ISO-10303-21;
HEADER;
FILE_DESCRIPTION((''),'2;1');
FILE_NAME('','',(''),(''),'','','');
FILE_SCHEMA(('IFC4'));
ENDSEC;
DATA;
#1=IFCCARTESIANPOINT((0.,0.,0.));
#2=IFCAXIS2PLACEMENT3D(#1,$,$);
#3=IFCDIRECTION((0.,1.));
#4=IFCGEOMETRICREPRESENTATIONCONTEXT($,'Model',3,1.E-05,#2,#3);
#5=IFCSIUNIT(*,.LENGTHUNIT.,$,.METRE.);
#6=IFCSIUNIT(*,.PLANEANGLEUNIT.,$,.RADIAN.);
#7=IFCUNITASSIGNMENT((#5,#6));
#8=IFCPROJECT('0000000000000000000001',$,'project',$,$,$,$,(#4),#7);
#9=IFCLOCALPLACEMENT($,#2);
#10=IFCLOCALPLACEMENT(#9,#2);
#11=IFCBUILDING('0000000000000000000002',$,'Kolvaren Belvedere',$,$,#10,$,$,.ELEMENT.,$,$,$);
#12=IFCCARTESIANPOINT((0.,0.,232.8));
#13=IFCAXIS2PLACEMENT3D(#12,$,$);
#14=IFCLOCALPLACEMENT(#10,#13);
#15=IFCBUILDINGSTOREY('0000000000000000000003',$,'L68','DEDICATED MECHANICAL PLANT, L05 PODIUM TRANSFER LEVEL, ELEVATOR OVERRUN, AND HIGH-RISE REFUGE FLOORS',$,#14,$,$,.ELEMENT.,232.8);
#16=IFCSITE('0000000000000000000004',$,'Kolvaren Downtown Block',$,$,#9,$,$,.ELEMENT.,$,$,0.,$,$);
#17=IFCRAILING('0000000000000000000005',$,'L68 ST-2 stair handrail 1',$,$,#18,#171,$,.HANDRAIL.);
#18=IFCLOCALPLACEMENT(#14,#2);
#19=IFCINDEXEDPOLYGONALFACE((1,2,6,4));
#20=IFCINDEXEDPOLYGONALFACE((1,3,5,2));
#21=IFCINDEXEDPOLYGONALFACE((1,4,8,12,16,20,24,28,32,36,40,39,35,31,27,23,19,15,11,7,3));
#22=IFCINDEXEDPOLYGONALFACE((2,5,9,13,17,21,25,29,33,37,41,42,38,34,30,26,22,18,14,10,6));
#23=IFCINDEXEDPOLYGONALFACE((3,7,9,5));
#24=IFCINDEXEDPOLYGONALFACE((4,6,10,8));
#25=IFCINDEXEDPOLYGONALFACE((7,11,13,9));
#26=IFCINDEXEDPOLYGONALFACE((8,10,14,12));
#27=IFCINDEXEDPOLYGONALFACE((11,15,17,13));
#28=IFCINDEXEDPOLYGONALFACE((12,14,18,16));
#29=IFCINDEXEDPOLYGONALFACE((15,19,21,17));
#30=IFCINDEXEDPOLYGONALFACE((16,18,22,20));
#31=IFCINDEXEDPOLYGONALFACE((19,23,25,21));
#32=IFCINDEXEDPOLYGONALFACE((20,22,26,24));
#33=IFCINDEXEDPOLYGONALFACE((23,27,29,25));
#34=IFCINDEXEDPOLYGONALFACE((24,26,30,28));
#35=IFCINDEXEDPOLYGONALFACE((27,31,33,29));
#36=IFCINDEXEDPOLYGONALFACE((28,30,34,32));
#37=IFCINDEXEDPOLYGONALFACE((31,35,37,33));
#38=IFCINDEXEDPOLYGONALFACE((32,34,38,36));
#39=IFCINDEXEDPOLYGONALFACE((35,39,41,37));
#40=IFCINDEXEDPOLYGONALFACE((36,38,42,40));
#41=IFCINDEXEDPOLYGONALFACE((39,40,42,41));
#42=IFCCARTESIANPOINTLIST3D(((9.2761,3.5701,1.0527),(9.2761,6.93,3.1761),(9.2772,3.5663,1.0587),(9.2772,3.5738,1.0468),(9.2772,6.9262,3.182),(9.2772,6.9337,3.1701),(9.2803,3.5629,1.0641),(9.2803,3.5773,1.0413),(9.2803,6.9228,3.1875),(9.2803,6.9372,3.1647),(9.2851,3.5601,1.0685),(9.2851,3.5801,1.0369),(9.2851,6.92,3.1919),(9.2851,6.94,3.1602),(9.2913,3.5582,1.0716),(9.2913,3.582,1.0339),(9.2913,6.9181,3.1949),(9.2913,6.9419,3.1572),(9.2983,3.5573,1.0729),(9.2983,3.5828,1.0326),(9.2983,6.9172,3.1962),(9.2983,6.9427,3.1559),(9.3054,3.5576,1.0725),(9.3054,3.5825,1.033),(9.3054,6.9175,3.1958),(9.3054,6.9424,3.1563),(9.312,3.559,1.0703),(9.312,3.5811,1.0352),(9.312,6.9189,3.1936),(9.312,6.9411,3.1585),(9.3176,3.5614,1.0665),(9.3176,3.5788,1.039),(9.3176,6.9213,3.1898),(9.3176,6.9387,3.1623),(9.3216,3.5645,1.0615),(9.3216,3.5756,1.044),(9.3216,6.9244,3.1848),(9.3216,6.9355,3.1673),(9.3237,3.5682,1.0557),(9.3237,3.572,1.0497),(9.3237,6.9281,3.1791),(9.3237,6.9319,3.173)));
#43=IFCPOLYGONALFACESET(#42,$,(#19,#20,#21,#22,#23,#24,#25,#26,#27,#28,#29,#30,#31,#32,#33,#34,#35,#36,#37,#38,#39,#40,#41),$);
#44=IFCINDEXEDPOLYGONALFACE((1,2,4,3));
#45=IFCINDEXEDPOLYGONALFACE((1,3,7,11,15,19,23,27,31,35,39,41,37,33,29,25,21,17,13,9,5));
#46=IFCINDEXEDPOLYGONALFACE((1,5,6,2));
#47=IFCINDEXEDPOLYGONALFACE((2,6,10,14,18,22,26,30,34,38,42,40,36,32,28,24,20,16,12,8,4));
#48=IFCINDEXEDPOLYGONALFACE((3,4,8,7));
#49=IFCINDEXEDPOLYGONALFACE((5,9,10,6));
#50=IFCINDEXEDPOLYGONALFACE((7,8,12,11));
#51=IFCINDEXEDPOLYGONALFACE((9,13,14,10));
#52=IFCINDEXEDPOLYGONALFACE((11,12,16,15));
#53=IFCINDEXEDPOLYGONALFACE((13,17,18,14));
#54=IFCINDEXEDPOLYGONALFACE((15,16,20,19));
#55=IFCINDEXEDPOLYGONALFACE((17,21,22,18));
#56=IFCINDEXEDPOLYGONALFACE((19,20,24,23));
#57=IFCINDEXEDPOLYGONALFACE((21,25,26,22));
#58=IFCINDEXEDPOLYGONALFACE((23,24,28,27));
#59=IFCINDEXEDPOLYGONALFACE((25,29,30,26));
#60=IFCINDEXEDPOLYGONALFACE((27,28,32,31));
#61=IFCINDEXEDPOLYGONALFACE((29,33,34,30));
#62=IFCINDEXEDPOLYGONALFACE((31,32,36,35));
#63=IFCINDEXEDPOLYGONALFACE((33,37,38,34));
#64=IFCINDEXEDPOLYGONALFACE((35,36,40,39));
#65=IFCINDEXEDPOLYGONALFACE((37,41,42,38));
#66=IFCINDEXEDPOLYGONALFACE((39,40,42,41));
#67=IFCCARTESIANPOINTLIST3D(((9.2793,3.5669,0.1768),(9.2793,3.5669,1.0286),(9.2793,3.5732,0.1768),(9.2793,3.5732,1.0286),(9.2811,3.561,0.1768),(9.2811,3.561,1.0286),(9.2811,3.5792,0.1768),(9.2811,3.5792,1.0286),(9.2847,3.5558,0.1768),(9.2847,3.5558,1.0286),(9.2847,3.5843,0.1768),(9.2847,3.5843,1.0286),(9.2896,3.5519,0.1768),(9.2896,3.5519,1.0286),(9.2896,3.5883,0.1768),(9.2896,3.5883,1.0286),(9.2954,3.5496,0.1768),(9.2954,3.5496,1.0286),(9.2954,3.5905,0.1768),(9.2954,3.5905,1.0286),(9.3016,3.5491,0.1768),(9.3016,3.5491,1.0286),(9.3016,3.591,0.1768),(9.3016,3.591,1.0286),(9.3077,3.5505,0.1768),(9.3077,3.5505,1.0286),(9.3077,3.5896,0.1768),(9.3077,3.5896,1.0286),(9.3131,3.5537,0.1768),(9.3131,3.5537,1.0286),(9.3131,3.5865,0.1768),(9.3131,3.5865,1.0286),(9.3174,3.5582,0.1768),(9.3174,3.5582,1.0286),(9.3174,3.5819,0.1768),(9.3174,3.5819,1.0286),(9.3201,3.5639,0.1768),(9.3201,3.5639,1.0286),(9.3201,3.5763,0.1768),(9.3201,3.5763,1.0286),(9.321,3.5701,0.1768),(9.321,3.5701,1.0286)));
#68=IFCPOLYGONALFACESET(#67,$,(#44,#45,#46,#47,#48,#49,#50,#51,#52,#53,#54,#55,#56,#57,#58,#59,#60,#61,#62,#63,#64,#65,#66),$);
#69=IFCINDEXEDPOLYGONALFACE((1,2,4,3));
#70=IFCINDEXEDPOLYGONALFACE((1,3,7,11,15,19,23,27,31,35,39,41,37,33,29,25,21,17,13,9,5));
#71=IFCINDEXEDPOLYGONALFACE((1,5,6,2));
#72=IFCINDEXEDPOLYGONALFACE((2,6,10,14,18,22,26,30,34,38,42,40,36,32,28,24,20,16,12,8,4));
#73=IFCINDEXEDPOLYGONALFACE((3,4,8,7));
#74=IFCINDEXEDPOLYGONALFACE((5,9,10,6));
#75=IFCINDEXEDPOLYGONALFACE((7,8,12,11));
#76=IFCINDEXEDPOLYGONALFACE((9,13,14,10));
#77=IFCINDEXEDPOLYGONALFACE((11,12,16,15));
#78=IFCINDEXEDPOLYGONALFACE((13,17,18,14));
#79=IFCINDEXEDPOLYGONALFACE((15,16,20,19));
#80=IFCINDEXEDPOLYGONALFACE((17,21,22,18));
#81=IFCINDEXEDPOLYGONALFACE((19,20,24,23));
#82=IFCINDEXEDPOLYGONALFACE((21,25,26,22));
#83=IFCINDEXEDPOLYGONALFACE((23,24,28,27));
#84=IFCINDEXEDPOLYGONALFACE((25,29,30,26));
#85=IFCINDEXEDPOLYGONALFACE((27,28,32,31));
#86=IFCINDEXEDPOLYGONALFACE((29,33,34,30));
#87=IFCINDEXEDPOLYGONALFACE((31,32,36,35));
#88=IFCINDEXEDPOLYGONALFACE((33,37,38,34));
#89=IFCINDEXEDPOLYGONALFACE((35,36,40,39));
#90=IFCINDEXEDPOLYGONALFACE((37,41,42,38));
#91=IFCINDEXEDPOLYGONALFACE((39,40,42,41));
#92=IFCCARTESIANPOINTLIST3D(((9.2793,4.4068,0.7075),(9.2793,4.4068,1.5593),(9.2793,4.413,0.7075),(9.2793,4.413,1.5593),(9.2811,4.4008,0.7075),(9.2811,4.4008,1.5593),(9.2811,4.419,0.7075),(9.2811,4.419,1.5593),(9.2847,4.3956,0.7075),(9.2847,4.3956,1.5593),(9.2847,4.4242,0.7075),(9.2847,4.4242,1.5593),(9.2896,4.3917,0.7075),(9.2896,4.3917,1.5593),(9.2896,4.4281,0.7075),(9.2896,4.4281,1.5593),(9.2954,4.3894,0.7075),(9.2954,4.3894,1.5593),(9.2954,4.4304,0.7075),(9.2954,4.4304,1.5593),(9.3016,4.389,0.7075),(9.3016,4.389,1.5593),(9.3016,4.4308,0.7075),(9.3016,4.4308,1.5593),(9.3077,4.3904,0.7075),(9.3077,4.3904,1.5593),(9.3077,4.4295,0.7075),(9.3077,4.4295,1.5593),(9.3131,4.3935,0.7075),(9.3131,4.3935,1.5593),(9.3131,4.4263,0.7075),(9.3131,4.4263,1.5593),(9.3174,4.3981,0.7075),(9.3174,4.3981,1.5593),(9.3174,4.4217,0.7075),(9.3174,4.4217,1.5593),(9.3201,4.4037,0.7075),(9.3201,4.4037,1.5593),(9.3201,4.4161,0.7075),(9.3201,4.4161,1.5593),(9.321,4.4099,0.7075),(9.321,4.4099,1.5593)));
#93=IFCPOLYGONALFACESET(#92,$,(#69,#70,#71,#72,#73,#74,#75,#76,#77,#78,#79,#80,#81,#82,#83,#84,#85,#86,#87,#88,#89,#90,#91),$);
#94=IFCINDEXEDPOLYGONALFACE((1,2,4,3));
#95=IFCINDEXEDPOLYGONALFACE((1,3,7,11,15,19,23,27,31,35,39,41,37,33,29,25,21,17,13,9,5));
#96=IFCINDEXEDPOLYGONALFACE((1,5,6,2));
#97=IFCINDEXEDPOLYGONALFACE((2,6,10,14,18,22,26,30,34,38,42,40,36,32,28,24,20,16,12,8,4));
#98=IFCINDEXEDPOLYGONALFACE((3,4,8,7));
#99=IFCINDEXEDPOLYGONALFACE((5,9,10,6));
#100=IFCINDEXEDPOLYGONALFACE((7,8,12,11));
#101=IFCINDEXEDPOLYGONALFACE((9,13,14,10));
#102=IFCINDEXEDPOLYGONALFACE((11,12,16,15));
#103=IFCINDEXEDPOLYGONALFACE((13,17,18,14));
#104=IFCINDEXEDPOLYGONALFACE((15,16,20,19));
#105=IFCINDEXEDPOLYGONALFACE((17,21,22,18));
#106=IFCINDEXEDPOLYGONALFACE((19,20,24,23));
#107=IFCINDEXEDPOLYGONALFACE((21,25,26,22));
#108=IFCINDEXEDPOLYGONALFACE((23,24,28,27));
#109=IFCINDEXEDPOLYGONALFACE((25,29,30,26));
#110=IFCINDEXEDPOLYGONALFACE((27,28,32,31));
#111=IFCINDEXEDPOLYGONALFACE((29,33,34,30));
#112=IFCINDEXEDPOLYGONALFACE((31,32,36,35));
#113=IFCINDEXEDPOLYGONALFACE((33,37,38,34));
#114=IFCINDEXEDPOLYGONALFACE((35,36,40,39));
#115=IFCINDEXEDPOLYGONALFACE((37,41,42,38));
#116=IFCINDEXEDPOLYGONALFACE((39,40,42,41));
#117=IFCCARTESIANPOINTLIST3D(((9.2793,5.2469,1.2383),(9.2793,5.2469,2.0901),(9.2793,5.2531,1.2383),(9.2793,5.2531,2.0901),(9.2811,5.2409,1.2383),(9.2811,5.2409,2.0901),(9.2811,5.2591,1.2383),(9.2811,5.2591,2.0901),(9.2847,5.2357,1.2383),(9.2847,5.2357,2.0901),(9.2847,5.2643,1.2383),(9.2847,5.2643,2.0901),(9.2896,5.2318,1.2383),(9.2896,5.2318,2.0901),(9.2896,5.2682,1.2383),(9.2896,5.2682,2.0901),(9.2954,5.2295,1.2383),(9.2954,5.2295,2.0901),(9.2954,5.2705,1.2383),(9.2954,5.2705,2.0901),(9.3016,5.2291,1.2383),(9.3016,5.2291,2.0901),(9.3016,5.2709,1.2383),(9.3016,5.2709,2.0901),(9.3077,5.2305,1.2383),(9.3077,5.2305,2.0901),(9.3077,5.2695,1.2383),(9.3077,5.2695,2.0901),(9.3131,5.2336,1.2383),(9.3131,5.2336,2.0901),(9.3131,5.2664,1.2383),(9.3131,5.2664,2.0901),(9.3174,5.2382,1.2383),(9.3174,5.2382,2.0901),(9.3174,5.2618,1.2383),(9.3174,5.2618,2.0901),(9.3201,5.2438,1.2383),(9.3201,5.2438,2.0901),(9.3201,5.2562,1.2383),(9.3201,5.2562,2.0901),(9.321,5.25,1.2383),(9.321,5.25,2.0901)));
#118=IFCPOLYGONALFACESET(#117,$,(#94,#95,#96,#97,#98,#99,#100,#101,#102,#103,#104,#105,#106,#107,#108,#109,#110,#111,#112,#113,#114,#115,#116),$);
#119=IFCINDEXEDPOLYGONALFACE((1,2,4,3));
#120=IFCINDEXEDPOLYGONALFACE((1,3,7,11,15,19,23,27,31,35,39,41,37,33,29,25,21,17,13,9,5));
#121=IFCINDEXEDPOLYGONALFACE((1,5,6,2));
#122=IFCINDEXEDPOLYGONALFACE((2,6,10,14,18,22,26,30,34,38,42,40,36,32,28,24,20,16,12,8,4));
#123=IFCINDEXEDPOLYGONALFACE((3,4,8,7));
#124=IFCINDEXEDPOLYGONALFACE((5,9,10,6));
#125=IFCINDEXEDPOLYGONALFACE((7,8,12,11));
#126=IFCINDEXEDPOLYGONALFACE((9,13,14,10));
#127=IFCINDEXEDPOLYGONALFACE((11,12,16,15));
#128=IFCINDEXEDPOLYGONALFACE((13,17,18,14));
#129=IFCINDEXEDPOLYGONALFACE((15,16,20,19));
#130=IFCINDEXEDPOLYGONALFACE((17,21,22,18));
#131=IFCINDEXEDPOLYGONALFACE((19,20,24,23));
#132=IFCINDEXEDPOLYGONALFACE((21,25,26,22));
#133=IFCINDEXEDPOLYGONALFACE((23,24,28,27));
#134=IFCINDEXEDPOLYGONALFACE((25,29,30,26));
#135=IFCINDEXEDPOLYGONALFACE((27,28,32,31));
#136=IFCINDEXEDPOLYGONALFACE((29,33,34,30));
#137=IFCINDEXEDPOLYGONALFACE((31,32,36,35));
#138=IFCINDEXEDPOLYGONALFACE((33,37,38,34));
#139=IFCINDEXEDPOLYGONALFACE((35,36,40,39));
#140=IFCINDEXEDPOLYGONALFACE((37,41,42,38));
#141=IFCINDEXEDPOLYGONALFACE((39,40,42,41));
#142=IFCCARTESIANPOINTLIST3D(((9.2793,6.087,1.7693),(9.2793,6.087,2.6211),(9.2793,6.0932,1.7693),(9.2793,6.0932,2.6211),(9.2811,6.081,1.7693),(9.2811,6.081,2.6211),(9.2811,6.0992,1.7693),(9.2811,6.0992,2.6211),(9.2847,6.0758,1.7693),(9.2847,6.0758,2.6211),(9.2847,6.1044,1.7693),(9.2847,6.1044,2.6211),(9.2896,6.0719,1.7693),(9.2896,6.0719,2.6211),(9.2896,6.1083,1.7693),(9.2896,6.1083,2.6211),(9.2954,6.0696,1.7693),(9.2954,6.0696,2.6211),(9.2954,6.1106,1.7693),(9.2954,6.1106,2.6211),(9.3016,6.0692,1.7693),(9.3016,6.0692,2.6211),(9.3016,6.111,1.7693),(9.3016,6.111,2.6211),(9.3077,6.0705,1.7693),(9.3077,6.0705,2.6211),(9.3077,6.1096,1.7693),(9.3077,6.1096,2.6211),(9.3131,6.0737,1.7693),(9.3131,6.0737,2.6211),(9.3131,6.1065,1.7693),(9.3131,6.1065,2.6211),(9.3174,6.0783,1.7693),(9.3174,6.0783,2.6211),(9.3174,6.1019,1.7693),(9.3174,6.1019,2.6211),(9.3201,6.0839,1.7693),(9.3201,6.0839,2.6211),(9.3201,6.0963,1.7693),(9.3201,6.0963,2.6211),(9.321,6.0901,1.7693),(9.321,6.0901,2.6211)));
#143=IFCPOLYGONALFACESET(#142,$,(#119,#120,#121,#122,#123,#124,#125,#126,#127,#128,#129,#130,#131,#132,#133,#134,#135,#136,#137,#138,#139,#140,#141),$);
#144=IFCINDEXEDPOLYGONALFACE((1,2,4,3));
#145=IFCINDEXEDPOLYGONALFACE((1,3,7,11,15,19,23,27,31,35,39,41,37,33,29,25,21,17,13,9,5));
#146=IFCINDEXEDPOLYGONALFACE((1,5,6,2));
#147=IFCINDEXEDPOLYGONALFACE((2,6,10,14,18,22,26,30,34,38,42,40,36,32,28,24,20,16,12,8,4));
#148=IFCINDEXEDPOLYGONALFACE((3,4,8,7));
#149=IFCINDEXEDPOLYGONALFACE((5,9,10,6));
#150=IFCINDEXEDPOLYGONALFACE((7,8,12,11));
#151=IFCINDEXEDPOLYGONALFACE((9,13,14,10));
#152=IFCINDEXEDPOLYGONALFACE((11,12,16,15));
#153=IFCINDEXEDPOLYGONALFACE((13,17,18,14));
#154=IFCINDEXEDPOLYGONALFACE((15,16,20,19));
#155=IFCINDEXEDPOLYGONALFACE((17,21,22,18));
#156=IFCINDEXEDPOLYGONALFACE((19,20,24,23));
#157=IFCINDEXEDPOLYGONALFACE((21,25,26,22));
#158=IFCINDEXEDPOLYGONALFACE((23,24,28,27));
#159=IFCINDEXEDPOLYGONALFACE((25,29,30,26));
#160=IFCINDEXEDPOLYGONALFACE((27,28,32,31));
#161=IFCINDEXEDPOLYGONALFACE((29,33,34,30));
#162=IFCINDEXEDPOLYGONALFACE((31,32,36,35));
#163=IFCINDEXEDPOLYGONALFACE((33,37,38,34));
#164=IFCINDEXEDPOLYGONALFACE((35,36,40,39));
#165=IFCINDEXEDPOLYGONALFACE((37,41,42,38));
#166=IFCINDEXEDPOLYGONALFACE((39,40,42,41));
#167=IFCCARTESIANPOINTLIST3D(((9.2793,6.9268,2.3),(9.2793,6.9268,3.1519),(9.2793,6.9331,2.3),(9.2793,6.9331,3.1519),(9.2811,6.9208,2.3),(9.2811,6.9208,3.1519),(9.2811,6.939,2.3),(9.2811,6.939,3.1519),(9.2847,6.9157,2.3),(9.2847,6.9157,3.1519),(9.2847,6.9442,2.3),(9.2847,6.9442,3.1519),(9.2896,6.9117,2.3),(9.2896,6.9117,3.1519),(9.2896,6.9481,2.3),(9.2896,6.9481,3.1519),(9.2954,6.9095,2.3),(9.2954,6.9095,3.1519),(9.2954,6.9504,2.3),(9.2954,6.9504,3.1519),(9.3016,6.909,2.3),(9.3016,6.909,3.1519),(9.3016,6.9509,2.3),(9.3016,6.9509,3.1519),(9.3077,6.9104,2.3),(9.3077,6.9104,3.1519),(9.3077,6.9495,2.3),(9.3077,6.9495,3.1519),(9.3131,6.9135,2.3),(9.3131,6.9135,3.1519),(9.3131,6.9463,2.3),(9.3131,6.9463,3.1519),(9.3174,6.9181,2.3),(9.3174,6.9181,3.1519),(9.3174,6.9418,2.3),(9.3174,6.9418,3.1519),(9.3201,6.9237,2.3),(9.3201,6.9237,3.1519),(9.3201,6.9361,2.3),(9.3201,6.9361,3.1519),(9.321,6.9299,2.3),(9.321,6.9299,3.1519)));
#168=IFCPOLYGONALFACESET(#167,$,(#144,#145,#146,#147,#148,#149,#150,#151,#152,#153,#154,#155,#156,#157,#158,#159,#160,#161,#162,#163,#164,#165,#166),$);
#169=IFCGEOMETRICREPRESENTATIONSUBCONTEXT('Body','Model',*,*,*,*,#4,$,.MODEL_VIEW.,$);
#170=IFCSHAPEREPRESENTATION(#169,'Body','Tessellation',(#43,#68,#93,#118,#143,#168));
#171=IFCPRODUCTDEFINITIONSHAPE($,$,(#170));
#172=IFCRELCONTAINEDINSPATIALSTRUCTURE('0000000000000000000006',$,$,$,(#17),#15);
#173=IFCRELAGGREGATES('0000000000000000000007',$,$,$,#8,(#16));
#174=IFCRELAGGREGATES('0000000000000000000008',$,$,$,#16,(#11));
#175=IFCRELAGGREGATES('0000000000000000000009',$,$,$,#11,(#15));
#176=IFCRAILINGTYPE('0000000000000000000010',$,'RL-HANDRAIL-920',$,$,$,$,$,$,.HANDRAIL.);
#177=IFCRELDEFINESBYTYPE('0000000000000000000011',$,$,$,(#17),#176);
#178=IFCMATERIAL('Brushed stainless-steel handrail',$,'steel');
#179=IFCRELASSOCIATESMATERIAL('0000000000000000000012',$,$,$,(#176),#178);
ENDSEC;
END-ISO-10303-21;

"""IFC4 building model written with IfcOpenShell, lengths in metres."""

from ifc_helpers import new_model, si_unit, direction, frame, origin, origin_2d, place, context, subcontext, project, spatial, circle, extrude, material, type_object, element, save


model = new_model("IFC4")

# Units and contexts
model_context = context("Model", 3, precision=1e-05, world=origin(), true_north=direction((0.0, 1.0)))
body_context = subcontext(model_context, "Body", "Model", "MODEL_VIEW")
ifc_project = project(units=[si_unit("LENGTHUNIT", "METRE"), si_unit("PLANEANGLEUNIT", "RADIAN")], contexts=[model_context])

# Site, building, storey
site_placement = place(None, origin())
site = spatial("IfcSite", under=ifc_project, at=site_placement, Name="Kolvaren Downtown Block", CompositionType="ELEMENT", RefElevation=0.0)
building_placement = place(site_placement, origin())
building = spatial("IfcBuilding", under=site, at=building_placement, Name="Kolvaren Belvedere", CompositionType="ELEMENT")
storey_placement = place(building_placement, frame((0.0, 0.0, 232.8)))
storey = spatial("IfcBuildingStorey", under=building, at=storey_placement, Name="L68", Description="DEDICATED MECHANICAL PLANT, L05 PODIUM TRANSFER LEVEL, ELEVATOR OVERRUN, AND HIGH-RISE REFUGE FLOORS", CompositionType="ELEMENT", Elevation=232.8)

# Railing
ifc_material_1 = material(Name="Brushed stainless-steel handrail", Category="steel")
railing_type_1 = type_object("IfcRailingType", Name="RL-HANDRAIL-920", PredefinedType="HANDRAIL", material=ifc_material_1)
railing_1_placement = place(storey_placement, frame((9.3, 3.5701, 0.1768)))
element("IfcRailing", 1, at=railing_1_placement, inside=storey, type_object=railing_type_1, Name="L68 ST-2 stair handrail 1", PredefinedType="HANDRAIL", context=body_context, shape_type="SweptSolid", body=[
    extrude(circle(Radius=0.0239, at=origin_2d()), frame((0.0, 0.0, 0.876), z_axis=(0.0, 0.845344, 0.534222), x_axis=(-1.0, 0.0, 0.0)), (0.0, 0.0, 1.0), 3.9746),
    extrude(circle(Radius=0.021, at=origin_2d()), origin(), (0.0, 0.0, 1.0), 0.8518),
    extrude(circle(Radius=0.021, at=origin_2d()), frame((0.0, 0.8398, 0.5308)), (0.0, 0.0, 1.0), 0.8518),
    extrude(circle(Radius=0.021, at=origin_2d()), frame((0.0, 1.6799, 1.0615)), (0.0, 0.0, 1.0), 0.8518),
    extrude(circle(Radius=0.021, at=origin_2d()), frame((0.0, 2.52, 1.5925)), (0.0, 0.0, 1.0), 0.8518),
    extrude(circle(Radius=0.021, at=origin_2d()), frame((0.0, 3.3599, 2.1233)), (0.0, 0.0, 1.0), 0.8518),
])

save(model, "model.ifc")
